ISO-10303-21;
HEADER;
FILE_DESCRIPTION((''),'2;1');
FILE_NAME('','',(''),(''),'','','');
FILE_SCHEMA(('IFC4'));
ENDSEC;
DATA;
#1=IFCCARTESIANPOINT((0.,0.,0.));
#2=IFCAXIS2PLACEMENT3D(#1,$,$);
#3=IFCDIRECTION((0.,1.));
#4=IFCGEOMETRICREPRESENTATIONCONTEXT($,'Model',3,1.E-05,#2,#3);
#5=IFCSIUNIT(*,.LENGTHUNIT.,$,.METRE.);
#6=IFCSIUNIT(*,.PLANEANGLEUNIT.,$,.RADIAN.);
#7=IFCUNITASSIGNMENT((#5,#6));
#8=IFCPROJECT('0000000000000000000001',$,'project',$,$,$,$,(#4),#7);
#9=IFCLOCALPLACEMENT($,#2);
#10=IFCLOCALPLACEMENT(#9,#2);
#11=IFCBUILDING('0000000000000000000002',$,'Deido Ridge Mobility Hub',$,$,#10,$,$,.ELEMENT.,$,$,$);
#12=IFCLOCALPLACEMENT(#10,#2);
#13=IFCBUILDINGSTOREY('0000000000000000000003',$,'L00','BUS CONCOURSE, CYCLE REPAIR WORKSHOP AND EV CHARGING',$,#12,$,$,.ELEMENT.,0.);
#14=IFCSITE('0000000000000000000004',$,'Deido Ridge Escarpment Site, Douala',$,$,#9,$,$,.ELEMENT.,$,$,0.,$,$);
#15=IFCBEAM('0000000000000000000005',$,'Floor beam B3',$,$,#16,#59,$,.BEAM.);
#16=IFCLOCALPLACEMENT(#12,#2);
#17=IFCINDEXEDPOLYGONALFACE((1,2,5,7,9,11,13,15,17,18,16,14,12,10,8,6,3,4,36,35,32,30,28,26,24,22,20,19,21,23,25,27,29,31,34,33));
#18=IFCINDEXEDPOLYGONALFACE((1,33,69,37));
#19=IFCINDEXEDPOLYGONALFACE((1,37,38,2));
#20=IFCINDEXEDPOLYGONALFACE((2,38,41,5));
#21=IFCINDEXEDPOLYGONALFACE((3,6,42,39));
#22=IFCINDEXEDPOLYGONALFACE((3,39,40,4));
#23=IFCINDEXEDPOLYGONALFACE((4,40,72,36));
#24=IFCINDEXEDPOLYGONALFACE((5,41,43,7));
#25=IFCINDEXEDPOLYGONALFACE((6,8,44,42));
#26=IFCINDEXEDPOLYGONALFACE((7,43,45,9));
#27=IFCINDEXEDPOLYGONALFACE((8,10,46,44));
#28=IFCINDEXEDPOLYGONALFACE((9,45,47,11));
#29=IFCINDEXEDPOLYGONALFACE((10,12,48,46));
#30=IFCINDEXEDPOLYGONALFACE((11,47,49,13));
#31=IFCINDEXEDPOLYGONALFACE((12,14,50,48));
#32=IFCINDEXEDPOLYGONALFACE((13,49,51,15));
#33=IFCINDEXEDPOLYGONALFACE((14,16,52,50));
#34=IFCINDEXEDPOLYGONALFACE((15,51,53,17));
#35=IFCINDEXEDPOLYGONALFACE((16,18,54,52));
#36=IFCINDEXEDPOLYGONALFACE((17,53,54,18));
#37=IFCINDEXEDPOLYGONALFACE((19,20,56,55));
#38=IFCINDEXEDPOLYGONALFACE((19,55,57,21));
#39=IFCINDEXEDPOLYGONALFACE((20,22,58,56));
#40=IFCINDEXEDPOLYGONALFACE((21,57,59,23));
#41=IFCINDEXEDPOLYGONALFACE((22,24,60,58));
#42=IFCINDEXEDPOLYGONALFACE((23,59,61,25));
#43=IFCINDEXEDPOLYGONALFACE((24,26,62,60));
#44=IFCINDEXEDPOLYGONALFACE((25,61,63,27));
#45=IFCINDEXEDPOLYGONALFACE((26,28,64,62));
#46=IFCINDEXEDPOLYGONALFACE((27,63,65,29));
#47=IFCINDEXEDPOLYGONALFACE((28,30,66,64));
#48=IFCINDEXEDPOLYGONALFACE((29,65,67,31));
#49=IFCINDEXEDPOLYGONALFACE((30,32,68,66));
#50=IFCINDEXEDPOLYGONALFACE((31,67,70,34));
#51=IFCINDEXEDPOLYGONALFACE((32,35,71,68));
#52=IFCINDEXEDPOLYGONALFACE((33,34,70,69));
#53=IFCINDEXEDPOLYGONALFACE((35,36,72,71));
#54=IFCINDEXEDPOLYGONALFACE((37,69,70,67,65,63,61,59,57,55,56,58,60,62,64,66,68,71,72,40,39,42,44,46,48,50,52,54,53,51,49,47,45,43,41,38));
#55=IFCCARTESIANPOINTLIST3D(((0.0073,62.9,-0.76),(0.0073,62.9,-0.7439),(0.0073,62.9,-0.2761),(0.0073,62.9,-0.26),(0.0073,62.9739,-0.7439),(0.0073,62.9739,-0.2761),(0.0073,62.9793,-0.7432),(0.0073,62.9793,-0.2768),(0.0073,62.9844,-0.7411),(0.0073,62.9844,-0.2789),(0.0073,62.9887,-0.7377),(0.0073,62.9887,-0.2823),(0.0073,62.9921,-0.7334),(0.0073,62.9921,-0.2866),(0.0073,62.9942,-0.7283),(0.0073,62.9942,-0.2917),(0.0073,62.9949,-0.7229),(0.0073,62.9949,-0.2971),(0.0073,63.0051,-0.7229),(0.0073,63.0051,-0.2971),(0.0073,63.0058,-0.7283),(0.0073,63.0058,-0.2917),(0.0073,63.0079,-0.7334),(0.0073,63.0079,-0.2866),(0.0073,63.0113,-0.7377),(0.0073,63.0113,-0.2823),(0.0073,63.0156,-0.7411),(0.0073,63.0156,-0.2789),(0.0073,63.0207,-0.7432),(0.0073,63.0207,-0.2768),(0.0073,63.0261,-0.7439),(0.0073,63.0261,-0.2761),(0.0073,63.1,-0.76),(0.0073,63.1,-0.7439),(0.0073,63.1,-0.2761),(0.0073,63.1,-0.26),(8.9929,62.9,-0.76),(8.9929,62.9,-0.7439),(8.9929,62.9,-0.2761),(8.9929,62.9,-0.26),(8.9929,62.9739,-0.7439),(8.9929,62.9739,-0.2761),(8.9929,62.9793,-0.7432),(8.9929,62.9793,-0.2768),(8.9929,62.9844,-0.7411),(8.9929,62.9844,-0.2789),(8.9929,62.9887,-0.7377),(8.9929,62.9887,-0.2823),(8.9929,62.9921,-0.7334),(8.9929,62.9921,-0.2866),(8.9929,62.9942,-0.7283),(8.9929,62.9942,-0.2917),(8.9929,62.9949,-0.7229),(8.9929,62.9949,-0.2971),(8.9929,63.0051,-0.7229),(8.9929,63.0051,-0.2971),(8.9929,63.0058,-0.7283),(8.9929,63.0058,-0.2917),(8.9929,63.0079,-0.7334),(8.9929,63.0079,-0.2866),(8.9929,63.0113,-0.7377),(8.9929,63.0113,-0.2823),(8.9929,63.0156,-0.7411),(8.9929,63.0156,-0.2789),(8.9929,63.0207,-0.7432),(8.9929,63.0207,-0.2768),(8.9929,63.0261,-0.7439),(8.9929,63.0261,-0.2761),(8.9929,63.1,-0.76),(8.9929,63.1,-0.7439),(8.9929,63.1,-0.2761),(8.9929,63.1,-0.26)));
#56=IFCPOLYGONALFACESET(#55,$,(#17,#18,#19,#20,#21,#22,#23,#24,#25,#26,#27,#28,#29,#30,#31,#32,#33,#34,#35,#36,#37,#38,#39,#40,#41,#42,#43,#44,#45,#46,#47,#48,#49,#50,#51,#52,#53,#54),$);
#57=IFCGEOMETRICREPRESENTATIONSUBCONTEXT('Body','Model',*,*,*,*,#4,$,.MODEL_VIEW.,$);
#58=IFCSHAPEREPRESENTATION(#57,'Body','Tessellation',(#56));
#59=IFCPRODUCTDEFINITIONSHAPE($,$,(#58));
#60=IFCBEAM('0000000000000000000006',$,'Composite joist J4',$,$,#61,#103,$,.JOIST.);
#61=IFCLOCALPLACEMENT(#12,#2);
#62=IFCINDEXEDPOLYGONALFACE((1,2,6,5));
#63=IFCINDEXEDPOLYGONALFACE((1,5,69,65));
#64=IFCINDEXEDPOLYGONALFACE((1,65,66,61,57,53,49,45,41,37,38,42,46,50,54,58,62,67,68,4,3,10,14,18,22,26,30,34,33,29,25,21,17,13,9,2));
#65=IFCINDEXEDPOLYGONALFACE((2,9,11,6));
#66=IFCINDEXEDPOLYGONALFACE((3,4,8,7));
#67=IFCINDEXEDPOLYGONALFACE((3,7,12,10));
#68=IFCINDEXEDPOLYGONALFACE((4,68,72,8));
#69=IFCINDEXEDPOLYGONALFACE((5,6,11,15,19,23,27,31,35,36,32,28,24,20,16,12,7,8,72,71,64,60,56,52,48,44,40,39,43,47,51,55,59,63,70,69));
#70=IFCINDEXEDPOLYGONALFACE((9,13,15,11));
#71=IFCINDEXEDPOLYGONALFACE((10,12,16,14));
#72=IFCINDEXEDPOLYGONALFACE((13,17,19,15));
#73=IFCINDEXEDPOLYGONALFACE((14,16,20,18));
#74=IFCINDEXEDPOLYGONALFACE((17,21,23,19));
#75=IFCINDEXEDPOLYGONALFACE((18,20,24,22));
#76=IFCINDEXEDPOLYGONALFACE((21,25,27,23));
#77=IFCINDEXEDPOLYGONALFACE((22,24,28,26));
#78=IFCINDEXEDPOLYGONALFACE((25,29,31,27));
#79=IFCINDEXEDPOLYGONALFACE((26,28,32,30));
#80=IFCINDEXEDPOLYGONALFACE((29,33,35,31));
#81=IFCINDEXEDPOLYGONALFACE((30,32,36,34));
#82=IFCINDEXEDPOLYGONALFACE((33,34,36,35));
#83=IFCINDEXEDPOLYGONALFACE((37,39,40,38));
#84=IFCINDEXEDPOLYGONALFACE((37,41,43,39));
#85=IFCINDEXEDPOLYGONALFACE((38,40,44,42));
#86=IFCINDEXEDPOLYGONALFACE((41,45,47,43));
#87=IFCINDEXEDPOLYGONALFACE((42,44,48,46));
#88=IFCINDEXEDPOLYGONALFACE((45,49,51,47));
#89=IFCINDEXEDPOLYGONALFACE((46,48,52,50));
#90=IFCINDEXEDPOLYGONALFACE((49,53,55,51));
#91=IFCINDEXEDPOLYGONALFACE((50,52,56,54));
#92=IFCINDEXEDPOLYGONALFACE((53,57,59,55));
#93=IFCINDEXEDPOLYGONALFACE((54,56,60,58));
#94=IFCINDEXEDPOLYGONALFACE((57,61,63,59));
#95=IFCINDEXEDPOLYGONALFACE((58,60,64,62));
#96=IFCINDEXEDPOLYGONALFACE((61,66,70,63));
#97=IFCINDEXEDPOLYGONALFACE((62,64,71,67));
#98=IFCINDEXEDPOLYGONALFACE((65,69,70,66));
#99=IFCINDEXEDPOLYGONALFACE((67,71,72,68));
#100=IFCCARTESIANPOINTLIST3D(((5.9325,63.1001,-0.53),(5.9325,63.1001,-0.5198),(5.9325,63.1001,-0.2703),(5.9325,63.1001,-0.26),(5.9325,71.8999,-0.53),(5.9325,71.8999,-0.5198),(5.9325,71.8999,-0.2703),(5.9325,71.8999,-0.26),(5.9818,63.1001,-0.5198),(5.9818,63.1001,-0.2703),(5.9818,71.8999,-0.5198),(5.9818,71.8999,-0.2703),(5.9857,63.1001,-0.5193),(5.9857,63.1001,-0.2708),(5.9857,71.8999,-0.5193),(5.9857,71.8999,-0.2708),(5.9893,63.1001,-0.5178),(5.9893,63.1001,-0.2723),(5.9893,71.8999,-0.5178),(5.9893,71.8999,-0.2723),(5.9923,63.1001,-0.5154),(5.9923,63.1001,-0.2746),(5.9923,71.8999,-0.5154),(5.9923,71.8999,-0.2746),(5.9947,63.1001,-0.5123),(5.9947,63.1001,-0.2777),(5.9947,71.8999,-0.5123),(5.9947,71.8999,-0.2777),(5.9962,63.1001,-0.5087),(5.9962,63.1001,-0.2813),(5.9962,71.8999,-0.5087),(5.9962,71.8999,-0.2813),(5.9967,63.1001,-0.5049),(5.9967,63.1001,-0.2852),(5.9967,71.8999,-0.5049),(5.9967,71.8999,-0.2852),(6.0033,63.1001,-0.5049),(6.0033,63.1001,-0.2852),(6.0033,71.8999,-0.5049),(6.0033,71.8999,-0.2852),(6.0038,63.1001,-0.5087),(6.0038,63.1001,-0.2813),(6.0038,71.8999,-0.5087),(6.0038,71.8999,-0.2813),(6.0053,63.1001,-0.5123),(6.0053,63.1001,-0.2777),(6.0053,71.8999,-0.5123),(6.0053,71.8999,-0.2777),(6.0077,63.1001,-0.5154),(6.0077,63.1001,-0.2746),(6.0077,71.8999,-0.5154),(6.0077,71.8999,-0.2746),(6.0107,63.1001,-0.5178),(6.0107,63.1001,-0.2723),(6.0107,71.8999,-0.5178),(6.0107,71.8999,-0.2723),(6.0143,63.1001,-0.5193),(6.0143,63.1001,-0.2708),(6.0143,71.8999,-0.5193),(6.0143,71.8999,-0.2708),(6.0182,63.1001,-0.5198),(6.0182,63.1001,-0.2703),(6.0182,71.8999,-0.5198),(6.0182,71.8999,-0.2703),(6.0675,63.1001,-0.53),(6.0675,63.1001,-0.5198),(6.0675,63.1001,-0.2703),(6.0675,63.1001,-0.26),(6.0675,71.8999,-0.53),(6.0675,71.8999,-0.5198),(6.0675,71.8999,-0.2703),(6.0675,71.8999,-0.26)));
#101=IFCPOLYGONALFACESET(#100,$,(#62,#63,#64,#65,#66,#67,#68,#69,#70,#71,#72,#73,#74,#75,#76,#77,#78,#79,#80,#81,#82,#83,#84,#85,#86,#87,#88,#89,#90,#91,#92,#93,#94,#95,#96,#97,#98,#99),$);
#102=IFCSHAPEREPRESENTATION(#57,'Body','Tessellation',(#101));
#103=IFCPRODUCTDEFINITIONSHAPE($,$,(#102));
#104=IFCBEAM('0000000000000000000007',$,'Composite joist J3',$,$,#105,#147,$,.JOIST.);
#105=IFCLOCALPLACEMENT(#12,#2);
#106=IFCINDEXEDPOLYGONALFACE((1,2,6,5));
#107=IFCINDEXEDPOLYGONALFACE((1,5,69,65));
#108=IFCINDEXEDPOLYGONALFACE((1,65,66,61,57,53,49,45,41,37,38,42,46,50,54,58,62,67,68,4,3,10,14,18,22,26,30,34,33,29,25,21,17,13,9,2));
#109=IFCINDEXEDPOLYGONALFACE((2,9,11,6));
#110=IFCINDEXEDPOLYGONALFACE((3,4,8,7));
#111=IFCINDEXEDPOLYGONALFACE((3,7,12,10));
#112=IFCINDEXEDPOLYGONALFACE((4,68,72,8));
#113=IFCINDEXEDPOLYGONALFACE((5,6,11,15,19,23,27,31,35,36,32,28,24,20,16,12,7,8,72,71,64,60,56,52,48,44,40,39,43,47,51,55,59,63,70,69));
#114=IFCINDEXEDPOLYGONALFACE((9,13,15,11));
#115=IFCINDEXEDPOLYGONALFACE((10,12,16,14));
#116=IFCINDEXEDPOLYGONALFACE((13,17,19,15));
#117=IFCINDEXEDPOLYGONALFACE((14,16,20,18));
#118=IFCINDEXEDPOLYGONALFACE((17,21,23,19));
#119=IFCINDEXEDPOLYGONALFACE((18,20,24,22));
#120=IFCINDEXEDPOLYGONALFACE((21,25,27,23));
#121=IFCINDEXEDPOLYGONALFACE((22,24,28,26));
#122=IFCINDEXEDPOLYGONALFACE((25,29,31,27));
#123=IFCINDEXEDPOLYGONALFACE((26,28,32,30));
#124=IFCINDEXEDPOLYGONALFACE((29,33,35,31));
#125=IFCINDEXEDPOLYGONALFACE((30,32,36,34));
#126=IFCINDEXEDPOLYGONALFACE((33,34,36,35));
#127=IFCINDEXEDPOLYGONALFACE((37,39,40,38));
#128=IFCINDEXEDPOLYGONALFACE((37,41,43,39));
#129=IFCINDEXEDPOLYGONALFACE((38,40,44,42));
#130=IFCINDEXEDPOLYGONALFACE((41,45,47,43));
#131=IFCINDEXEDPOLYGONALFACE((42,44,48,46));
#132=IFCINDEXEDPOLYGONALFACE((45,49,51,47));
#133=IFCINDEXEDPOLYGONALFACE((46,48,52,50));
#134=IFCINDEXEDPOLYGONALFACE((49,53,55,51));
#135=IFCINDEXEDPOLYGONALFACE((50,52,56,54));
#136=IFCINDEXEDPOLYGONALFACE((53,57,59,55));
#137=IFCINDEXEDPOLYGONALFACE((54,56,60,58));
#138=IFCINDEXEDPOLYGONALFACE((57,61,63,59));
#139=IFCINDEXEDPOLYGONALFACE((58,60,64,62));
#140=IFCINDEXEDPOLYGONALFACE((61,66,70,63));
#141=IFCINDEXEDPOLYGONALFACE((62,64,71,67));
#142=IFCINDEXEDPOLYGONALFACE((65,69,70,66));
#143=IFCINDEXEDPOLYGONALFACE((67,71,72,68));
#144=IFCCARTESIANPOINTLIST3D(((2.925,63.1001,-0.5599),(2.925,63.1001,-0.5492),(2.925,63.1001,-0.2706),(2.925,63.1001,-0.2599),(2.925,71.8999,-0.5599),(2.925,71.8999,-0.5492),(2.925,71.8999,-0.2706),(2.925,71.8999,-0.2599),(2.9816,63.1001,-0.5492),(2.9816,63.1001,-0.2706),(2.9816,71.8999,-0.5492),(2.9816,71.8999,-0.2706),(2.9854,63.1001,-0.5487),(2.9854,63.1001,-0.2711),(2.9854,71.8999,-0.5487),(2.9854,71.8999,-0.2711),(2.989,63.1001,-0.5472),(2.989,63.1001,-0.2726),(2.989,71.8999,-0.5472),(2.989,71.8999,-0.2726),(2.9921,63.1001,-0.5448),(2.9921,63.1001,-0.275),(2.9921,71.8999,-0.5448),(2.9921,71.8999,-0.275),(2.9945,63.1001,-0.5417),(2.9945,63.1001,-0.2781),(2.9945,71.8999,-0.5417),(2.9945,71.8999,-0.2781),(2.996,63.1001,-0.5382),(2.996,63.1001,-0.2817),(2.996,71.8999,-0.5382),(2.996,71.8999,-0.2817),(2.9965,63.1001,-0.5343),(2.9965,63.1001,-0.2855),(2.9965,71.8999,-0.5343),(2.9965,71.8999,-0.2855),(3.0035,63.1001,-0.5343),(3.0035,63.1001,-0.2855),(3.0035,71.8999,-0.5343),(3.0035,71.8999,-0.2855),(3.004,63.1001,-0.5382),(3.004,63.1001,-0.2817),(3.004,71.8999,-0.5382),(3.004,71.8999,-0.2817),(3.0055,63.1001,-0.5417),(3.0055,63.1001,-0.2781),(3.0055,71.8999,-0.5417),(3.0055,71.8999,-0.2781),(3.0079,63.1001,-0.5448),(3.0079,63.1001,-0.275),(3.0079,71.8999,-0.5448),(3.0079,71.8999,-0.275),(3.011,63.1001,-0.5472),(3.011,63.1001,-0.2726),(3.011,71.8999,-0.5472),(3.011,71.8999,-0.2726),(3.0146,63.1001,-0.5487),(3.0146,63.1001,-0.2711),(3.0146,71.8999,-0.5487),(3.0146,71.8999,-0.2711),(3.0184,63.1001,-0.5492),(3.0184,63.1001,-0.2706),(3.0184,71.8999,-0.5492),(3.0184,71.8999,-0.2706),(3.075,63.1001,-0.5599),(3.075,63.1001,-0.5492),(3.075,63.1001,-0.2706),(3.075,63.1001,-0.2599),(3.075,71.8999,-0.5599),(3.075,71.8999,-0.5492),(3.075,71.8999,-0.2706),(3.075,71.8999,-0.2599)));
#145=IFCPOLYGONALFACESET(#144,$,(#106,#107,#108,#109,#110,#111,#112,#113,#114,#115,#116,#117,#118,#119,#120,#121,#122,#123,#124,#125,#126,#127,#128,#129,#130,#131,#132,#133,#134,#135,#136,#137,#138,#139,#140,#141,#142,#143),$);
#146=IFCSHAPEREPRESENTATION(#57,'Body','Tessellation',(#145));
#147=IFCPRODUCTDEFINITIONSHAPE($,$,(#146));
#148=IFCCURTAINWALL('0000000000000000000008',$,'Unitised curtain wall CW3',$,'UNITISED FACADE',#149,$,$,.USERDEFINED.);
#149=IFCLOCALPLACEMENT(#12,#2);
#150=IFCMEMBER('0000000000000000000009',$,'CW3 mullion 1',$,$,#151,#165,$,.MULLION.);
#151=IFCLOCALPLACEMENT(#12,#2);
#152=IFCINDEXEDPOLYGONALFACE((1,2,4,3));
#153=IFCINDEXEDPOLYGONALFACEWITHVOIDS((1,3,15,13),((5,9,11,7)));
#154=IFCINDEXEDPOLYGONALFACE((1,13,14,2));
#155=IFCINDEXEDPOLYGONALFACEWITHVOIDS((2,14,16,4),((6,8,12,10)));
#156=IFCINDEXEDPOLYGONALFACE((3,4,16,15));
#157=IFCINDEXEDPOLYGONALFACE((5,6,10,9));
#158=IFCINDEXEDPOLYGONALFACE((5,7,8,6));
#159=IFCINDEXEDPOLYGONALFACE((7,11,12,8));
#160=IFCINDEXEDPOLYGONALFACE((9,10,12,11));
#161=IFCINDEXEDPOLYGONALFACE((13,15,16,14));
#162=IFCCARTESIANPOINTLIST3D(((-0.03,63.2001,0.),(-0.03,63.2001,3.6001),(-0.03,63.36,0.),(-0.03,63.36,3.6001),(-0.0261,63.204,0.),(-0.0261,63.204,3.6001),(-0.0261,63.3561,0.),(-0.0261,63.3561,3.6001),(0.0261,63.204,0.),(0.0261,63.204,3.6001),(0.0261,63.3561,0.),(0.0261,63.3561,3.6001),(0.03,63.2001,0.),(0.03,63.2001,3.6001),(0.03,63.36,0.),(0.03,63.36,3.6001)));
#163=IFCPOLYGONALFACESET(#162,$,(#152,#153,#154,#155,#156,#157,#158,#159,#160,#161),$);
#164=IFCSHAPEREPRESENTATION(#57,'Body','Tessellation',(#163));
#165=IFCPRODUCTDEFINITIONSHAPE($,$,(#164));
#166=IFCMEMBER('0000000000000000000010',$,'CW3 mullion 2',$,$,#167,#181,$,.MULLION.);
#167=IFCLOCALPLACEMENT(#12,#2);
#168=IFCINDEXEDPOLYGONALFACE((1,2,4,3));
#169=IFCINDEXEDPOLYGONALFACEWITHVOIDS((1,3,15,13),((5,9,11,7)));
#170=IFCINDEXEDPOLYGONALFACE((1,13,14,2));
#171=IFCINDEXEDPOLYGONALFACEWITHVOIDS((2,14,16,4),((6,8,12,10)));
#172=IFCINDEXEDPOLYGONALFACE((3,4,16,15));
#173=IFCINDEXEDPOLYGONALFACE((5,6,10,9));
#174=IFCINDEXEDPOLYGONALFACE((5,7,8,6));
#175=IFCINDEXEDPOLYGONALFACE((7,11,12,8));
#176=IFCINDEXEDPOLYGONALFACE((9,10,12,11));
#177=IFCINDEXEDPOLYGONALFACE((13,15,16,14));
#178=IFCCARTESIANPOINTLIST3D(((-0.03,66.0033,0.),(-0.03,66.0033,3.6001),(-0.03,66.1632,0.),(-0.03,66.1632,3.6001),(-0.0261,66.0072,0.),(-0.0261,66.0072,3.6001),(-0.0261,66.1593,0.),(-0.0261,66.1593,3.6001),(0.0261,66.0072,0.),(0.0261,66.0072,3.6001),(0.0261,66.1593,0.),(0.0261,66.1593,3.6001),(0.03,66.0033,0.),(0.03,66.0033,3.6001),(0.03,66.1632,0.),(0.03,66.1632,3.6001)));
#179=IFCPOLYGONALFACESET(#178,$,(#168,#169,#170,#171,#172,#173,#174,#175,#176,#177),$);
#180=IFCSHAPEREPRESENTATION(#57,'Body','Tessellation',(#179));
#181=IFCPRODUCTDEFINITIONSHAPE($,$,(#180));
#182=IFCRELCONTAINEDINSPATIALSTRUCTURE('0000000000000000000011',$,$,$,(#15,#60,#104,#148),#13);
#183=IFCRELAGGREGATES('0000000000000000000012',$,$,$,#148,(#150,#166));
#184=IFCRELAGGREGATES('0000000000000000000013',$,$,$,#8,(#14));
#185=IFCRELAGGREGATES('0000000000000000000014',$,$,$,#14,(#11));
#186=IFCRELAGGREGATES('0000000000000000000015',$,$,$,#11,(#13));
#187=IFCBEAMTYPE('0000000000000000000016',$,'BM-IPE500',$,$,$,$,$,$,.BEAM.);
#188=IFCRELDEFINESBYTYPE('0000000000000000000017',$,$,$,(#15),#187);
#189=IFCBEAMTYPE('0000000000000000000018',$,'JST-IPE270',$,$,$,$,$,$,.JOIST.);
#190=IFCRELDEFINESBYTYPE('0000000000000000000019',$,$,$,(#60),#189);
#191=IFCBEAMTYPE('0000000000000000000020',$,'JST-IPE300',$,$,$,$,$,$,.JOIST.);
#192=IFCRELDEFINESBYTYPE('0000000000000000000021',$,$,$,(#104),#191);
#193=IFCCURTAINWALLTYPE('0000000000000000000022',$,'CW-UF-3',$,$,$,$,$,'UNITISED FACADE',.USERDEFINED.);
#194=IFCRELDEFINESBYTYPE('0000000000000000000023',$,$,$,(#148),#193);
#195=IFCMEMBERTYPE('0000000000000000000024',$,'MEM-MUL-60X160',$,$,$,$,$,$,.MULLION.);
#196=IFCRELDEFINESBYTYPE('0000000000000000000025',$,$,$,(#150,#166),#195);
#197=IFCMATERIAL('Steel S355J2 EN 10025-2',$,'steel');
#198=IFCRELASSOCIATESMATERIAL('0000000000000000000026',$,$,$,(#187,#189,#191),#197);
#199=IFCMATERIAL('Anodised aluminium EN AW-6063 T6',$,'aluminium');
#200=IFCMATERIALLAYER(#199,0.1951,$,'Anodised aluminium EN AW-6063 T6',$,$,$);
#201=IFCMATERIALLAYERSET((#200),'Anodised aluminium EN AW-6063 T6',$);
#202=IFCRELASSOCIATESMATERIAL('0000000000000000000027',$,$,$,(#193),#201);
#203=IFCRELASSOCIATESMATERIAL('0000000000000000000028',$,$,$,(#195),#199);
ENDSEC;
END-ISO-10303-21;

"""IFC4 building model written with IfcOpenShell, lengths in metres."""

from ifc_helpers import new_model, si_unit, direction, frame, origin, origin_2d, place, context, subcontext, project, spatial, hollow_rectangle, i_section, extrude, material, layer, layer_set, material_profile, profile_set, type_object, element, aggregate, save


model = new_model("IFC4")

# Units and contexts
model_context = context("Model", 3, precision=1e-05, world=origin(), true_north=direction((0.0, 1.0)))
body_context = subcontext(model_context, "Body", "Model", "MODEL_VIEW")
ifc_project = project(units=[si_unit("LENGTHUNIT", "METRE"), si_unit("PLANEANGLEUNIT", "RADIAN")], contexts=[model_context])

# Site, building, storey
site_placement = place(None, origin())
site = spatial("IfcSite", under=ifc_project, at=site_placement, Name="Deido Ridge Escarpment Site, Douala", CompositionType="ELEMENT", RefElevation=0.0)
building_placement = place(site_placement, origin())
building = spatial("IfcBuilding", under=site, at=building_placement, Name="Deido Ridge Mobility Hub", CompositionType="ELEMENT")
storey_placement = place(building_placement, origin())
storey = spatial("IfcBuildingStorey", under=building, at=storey_placement, Name="L00", Description="BUS CONCOURSE, CYCLE REPAIR WORKSHOP AND EV CHARGING", CompositionType="ELEMENT", Elevation=0.0)

# Shared definitions
ifc_material_1 = material(Name="Steel S355J2 EN 10025-2", Category="steel")

# Beams
ifc_material_profile_1 = material_profile(ifc_material_1, i_section(OverallWidth=0.2, OverallDepth=0.5, WebThickness=0.0103, FlangeThickness=0.0161, FilletRadius=0.021, at=origin_2d()), Name="IPE 500")
ifc_profile_set_1 = profile_set([ifc_material_profile_1], Name="Steel S355J2 EN 10025-2")
beam_type_1 = type_object("IfcBeamType", Name="BM-IPE500", PredefinedType="BEAM", material=ifc_profile_set_1)
beam_1_placement = place(storey_placement, frame((0.0073, 63.0, -0.51), z_axis=(1.0, 0.0, 0.0), x_axis=(0.0, 1.0, 0.0)))
element("IfcBeam", 1, at=beam_1_placement, inside=storey, type_object=beam_type_1, Name="Floor beam B3", PredefinedType="BEAM", context=body_context, shape_type="SweptSolid", body=[
    extrude(i_section(OverallWidth=0.2, OverallDepth=0.5, WebThickness=0.0103, FlangeThickness=0.0161, FilletRadius=0.021, at=origin_2d()), origin(), (0.0, 0.0, 1.0), 8.9856),
])
ifc_material_profile_2 = material_profile(ifc_material_1, i_section(OverallWidth=0.135, OverallDepth=0.27, WebThickness=0.0066, FlangeThickness=0.0103, FilletRadius=0.0149, at=origin_2d()), Name="IPE 270")
ifc_profile_set_2 = profile_set([ifc_material_profile_2], Name="Steel S355J2 EN 10025-2")
beam_type_2 = type_object("IfcBeamType", Name="JST-IPE270", PredefinedType="JOIST", material=ifc_profile_set_2)
beam_2_placement = place(storey_placement, frame((6.0, 63.1001, -0.395), z_axis=(0.0, 1.0, 0.0), x_axis=(-1.0, 0.0, 0.0)))
element("IfcBeam", 2, at=beam_2_placement, inside=storey, type_object=beam_type_2, Name="Composite joist J4", PredefinedType="JOIST", context=body_context, shape_type="SweptSolid", body=[
    extrude(i_section(OverallWidth=0.135, OverallDepth=0.27, WebThickness=0.0066, FlangeThickness=0.0103, FilletRadius=0.0149, at=origin_2d()), origin(), (0.0, 0.0, 1.0), 8.7998),
])
ifc_material_profile_3 = material_profile(ifc_material_1, i_section(OverallWidth=0.1499, OverallDepth=0.3, WebThickness=0.0071, FlangeThickness=0.0107, FilletRadius=0.0149, at=origin_2d()), Name="IPE 300")
ifc_profile_set_3 = profile_set([ifc_material_profile_3], Name="Steel S355J2 EN 10025-2")
beam_type_3 = type_object("IfcBeamType", Name="JST-IPE300", PredefinedType="JOIST", material=ifc_profile_set_3)
beam_3_placement = place(storey_placement, frame((3.0, 63.1001, -0.4099), z_axis=(0.0, 1.0, 0.0), x_axis=(-1.0, 0.0, 0.0)))
element("IfcBeam", 3, at=beam_3_placement, inside=storey, type_object=beam_type_3, Name="Composite joist J3", PredefinedType="JOIST", context=body_context, shape_type="SweptSolid", body=[
    extrude(i_section(OverallWidth=0.1499, OverallDepth=0.3, WebThickness=0.0071, FlangeThickness=0.0107, FilletRadius=0.0149, at=origin_2d()), origin(), (0.0, 0.0, 1.0), 8.7998),
])

# Curtain wall, members
ifc_material_2 = material(Name="Anodised aluminium EN AW-6063 T6", Category="aluminium")
ifc_layer_1 = layer(ifc_material_2, 0.1951, Name="Anodised aluminium EN AW-6063 T6")
ifc_layer_set_1 = layer_set([ifc_layer_1], Name="Anodised aluminium EN AW-6063 T6")
curtain_wall_type = type_object("IfcCurtainWallType", Name="CW-UF-3", ElementType="UNITISED FACADE", PredefinedType="USERDEFINED", material=ifc_layer_set_1)
curtain_wall_placement = place(storey_placement, origin())
curtain_wall = element("IfcCurtainWall", 4, at=curtain_wall_placement, inside=storey, type_object=curtain_wall_type, Name="Unitised curtain wall CW3", ObjectType="UNITISED FACADE", PredefinedType="USERDEFINED")
ifc_material_profile_4 = material_profile(ifc_material_2, hollow_rectangle(XDim=0.0601, YDim=0.1599, WallThickness=0.0039, at=origin_2d()), Name="RHS 60x160x4")
ifc_profile_set_4 = profile_set([ifc_material_profile_4], Name="Anodised aluminium EN AW-6063 T6")
member_type_1 = type_object("IfcMemberType", Name="MEM-MUL-60X160", PredefinedType="MULLION", material=ifc_profile_set_4)
member_1_placement = place(storey_placement, frame((0.0, 63.28, 0.0), z_axis=(0.0, 0.0, 1.0), x_axis=(-1.0, 0.0, 0.0)))
member_1 = element("IfcMember", 5, at=member_1_placement, type_object=member_type_1, Name="CW3 mullion 1", PredefinedType="MULLION", context=body_context, shape_type="SweptSolid", body=[
    extrude(hollow_rectangle(XDim=0.0601, YDim=0.1599, WallThickness=0.0039, at=origin_2d()), origin(), (0.0, 0.0, 1.0), 3.6001),
])
member_2_placement = place(storey_placement, frame((0.0, 66.0833, 0.0), z_axis=(0.0, 0.0, 1.0), x_axis=(-1.0, 0.0, 0.0)))
member_2 = element("IfcMember", 6, at=member_2_placement, type_object=member_type_1, Name="CW3 mullion 2", PredefinedType="MULLION", context=body_context, shape_type="SweptSolid", body=[
    extrude(hollow_rectangle(XDim=0.0601, YDim=0.1599, WallThickness=0.0039, at=origin_2d()), origin(), (0.0, 0.0, 1.0), 3.6001),
])

aggregate(curtain_wall, [member_1, member_2])

save(model, "model.ifc")
